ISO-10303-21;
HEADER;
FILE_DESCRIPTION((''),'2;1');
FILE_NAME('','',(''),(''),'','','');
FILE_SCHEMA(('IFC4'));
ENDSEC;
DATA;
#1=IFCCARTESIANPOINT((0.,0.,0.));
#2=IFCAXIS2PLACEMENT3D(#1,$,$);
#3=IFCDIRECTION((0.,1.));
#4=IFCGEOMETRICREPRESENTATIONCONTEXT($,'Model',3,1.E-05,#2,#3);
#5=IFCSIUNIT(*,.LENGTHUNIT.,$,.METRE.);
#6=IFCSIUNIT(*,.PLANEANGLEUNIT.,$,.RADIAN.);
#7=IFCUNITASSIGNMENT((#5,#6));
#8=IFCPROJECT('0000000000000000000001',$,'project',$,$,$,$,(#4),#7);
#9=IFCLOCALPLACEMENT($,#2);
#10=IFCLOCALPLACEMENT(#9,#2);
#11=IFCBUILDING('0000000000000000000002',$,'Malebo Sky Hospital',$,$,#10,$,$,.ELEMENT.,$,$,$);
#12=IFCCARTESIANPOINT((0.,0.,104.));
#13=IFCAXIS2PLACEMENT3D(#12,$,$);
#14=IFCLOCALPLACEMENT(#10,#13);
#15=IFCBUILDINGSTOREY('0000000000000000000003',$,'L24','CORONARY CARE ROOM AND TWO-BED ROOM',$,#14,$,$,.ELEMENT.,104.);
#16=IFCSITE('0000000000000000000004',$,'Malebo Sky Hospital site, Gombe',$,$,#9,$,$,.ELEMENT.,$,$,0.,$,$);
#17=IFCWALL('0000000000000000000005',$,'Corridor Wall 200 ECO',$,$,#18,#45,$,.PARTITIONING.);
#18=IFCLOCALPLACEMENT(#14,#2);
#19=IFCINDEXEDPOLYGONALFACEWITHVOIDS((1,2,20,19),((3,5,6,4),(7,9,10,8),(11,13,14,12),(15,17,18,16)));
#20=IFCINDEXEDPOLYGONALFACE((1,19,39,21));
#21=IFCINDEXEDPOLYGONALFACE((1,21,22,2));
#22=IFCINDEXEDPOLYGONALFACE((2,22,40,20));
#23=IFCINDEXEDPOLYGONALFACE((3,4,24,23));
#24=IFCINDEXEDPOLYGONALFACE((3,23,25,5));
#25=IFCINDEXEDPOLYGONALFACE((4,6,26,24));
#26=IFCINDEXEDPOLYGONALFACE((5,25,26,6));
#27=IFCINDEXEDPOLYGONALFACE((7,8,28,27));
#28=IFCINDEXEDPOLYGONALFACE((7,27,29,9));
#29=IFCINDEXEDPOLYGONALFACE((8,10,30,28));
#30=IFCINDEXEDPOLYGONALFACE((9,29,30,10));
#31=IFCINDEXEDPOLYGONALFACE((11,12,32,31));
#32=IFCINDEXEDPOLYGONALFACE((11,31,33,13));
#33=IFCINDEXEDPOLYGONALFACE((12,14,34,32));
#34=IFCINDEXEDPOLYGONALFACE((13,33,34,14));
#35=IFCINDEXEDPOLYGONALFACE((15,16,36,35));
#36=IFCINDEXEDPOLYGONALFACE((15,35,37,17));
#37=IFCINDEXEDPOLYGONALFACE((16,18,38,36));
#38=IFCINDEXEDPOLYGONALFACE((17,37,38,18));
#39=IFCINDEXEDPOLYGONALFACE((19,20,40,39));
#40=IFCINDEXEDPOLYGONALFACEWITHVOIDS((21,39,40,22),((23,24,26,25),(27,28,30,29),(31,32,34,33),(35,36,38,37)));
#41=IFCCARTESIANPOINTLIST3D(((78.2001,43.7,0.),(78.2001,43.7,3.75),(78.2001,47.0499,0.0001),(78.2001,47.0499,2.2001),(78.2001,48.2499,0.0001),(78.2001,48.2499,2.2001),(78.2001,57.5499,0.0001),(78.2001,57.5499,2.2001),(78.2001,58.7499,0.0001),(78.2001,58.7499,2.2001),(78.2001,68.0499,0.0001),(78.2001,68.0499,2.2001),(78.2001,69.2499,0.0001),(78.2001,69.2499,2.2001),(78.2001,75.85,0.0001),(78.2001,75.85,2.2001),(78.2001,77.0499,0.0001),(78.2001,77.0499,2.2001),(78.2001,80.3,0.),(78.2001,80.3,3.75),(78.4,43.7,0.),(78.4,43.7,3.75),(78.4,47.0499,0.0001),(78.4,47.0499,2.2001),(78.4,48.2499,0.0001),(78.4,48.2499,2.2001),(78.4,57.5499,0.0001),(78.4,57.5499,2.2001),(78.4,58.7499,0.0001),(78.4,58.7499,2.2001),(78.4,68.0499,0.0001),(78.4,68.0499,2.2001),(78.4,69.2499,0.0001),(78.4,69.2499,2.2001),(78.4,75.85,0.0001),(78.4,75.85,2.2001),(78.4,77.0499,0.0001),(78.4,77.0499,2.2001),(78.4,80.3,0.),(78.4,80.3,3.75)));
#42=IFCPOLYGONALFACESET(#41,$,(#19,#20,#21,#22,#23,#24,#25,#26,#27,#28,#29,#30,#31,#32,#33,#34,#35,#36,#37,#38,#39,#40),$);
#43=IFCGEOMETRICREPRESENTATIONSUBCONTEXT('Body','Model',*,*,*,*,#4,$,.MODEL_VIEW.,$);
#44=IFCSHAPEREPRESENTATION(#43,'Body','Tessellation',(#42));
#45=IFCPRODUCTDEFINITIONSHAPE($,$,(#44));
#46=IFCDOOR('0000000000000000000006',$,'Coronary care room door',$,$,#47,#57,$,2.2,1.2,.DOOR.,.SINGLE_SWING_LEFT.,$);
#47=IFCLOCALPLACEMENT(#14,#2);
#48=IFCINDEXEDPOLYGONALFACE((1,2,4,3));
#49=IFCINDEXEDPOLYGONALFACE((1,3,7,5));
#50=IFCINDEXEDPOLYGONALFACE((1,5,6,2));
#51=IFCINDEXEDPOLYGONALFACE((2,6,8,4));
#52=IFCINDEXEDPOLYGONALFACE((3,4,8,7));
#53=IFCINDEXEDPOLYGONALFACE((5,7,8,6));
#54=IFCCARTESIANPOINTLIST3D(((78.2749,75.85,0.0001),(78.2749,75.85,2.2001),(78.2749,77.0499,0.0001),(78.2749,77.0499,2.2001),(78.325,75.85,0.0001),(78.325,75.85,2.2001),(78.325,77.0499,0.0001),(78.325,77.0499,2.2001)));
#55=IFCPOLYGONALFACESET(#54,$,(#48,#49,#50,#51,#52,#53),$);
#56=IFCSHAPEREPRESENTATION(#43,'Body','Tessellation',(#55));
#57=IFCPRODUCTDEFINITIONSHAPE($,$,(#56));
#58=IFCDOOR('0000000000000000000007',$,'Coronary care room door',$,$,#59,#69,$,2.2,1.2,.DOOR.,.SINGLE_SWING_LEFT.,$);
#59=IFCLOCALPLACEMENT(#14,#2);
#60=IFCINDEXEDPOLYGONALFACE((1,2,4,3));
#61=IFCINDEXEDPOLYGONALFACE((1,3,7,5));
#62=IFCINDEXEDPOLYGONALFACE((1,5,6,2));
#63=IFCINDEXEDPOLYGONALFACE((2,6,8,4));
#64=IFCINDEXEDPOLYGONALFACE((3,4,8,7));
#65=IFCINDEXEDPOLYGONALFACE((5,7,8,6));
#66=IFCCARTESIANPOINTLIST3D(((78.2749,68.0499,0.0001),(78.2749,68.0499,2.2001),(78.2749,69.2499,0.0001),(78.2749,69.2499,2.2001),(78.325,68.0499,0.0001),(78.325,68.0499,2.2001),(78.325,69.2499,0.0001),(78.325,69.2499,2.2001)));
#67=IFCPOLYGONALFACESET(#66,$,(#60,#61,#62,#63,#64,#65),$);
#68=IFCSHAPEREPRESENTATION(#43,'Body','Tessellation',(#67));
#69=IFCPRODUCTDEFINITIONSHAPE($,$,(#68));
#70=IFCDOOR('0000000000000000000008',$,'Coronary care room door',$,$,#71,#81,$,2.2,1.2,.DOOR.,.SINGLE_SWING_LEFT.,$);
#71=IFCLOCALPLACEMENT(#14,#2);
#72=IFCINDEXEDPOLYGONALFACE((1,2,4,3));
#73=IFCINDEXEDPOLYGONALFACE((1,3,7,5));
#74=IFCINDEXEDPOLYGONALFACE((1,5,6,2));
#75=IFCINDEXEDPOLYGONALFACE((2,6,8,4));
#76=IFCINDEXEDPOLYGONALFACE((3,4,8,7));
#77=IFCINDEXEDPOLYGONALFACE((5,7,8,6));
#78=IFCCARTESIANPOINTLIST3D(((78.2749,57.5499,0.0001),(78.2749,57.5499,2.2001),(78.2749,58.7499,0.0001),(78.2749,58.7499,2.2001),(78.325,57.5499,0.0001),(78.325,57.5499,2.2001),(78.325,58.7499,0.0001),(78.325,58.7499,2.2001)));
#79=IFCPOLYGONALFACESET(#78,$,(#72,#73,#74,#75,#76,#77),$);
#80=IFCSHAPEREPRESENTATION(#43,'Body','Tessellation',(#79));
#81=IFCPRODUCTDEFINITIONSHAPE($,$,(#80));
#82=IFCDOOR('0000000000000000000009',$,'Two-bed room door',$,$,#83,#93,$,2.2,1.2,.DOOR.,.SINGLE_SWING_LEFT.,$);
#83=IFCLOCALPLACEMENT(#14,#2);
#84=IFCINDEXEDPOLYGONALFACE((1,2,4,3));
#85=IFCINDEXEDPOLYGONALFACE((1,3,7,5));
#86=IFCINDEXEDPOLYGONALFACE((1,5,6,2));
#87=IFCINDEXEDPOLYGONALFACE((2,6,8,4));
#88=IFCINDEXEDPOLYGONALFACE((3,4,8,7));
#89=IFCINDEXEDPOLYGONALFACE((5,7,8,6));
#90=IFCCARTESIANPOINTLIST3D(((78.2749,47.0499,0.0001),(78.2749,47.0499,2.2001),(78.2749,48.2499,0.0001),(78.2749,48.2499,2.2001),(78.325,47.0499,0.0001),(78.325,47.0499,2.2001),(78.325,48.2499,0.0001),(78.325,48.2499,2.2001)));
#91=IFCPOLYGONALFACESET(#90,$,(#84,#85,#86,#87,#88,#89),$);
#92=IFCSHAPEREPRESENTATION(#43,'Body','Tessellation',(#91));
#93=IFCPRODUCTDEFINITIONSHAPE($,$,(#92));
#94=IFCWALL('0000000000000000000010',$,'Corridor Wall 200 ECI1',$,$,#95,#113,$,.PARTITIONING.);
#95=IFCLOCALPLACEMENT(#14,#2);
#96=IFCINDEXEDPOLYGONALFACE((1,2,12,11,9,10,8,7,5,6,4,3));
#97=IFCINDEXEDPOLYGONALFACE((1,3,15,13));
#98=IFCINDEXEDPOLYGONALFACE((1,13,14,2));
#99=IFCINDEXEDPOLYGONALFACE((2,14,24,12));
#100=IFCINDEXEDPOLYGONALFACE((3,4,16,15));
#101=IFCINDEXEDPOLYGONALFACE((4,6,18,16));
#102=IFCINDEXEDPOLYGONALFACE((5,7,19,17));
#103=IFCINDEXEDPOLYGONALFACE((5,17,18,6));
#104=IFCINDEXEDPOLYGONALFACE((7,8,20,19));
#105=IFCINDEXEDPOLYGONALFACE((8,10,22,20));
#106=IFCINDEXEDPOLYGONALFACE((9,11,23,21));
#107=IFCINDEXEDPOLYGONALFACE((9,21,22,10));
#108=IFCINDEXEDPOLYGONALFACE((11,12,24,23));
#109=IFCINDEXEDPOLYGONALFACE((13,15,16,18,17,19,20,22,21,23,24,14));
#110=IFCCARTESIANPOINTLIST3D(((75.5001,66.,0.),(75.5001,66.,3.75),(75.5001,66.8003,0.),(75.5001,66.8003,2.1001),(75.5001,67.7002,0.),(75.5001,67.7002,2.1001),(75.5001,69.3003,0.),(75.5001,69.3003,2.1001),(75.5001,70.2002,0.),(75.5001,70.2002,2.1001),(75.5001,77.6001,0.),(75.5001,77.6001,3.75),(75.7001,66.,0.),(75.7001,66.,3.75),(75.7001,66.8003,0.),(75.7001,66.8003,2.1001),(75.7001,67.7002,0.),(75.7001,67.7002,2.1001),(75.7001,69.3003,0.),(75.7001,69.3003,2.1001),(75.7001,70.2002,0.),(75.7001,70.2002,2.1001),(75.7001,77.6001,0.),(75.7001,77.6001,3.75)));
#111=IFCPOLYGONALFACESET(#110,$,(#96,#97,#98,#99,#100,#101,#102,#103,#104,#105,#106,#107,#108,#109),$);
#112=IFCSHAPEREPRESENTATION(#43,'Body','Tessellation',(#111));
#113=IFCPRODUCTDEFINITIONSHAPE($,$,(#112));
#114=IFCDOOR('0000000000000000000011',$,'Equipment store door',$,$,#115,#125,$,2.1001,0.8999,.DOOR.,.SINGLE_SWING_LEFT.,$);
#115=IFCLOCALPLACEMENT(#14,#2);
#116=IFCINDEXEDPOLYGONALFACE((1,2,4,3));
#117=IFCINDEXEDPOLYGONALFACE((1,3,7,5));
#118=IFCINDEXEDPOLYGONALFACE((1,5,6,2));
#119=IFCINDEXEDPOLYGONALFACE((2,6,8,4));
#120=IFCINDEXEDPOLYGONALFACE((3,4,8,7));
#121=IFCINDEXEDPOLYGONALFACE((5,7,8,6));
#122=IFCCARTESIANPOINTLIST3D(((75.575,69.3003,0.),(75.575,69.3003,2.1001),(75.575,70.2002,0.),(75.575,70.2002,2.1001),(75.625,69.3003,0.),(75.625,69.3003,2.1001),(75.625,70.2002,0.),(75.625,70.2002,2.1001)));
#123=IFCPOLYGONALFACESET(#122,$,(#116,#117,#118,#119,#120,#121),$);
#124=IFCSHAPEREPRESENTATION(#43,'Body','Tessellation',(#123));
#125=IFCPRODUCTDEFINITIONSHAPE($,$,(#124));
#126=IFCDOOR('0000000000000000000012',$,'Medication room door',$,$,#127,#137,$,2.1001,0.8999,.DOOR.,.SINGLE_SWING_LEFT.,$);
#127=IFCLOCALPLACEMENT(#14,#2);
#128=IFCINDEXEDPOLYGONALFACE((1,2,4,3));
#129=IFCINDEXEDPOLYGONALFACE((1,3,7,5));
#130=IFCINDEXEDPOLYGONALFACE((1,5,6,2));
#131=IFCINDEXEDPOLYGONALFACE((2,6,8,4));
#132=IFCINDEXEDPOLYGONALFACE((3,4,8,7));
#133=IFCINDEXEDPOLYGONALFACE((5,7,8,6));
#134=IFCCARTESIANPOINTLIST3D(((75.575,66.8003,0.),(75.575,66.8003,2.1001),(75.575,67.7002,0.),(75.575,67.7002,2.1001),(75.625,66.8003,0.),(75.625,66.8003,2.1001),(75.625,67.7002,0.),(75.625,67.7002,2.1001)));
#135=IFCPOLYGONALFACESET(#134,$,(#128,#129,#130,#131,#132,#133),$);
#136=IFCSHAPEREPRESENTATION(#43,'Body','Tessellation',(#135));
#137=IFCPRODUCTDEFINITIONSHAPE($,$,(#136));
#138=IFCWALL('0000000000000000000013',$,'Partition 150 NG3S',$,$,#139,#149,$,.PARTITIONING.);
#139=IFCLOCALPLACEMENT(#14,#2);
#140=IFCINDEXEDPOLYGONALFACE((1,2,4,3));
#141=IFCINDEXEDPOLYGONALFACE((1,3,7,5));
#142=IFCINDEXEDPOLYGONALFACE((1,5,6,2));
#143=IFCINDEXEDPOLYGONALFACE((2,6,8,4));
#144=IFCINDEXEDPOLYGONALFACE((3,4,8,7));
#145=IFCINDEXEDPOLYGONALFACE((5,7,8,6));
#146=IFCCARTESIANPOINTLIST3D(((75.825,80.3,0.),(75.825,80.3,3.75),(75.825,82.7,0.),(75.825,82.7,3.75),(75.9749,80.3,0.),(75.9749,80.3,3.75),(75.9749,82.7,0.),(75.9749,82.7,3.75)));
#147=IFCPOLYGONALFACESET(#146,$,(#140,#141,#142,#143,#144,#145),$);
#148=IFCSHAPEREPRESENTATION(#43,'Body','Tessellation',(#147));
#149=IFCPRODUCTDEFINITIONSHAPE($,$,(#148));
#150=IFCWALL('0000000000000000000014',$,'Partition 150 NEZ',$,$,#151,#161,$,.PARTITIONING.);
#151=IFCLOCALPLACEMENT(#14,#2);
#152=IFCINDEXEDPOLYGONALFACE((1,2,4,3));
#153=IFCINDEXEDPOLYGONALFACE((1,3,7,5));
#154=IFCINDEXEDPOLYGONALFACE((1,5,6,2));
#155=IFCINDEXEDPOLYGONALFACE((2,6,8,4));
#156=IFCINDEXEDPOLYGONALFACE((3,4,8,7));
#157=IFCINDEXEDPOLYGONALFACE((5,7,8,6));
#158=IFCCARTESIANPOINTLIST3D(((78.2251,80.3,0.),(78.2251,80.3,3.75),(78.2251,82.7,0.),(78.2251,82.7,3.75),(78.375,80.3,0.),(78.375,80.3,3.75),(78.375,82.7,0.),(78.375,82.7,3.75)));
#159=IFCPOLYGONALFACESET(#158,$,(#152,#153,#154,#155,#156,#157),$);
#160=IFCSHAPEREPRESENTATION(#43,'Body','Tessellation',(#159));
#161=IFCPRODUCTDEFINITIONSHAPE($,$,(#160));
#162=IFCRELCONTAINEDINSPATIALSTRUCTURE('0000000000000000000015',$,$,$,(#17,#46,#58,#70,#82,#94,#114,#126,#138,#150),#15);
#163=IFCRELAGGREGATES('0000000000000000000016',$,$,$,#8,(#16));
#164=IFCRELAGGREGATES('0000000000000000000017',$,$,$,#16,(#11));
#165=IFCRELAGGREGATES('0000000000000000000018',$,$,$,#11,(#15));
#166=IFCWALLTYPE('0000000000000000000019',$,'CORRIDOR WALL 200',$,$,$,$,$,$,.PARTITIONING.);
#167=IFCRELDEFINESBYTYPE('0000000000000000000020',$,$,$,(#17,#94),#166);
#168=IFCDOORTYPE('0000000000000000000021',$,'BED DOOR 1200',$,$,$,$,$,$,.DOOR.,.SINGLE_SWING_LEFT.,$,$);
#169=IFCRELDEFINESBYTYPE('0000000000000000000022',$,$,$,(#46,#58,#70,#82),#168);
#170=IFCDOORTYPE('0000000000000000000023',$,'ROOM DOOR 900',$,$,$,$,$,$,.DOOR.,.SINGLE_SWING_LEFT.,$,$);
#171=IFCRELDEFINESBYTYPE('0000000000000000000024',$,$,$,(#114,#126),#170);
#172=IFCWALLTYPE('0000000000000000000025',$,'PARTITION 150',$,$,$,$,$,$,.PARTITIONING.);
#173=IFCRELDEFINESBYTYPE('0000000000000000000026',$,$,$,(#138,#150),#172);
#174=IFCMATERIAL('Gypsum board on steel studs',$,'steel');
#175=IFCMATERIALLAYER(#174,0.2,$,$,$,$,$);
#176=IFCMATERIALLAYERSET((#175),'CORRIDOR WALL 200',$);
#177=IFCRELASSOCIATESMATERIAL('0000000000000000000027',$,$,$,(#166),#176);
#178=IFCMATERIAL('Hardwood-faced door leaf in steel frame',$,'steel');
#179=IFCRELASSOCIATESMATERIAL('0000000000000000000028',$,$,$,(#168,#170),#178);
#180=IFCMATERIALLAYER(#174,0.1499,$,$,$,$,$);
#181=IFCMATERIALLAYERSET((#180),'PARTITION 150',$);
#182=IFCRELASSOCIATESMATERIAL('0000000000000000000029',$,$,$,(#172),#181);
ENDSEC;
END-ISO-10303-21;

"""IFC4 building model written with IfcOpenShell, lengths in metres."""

from ifc_helpers import new_model, si_unit, direction, frame, frame_2d, origin, place, context, subcontext, project, spatial, rectangle, extrude, material, layer, layer_set, type_object, element, fill, save


model = new_model("IFC4")

# Units and contexts
model_context = context("Model", 3, precision=1e-05, world=origin(), true_north=direction((0.0, 1.0)))
body_context = subcontext(model_context, "Body", "Model", "MODEL_VIEW")
ifc_project = project(units=[si_unit("LENGTHUNIT", "METRE"), si_unit("PLANEANGLEUNIT", "RADIAN")], contexts=[model_context])

# Site, building, storey
site_placement = place(None, origin())
site = spatial("IfcSite", under=ifc_project, at=site_placement, Name="Malebo Sky Hospital site, Gombe", CompositionType="ELEMENT", RefElevation=0.0)
building_placement = place(site_placement, origin())
building = spatial("IfcBuilding", under=site, at=building_placement, Name="Malebo Sky Hospital", CompositionType="ELEMENT")
storey_placement = place(building_placement, frame((0.0, 0.0, 104.0)))
storey = spatial("IfcBuildingStorey", under=building, at=storey_placement, Name="L24", Description="CORONARY CARE ROOM AND TWO-BED ROOM", CompositionType="ELEMENT", Elevation=104.0)

# Walls, openings, doors
ifc_material_1 = material(Name="Gypsum board on steel studs", Category="steel")
ifc_layer_1 = layer(ifc_material_1, 0.2)
ifc_layer_set_1 = layer_set([ifc_layer_1], Name="CORRIDOR WALL 200")
wall_type_1 = type_object("IfcWallType", Name="CORRIDOR WALL 200", PredefinedType="PARTITIONING", material=ifc_layer_set_1)
wall_1_placement = place(storey_placement, frame((78.3, 80.3, 0.0), z_axis=(0.0, 0.0, 1.0), x_axis=(0.0, -1.0, 0.0)))
wall_1 = element("IfcWall", 1, at=wall_1_placement, inside=storey, type_object=wall_type_1, Name="Corridor Wall 200 ECO", PredefinedType="PARTITIONING", context=body_context, shape_type="SweptSolid", body=[
    extrude(rectangle(XDim=36.6001, YDim=0.2, at=frame_2d((18.3, 0.0))), origin(), (0.0, 0.0, 1.0), 3.75),
])
opening_1_placement = place(wall_1_placement, frame((3.25, 0.0, 0.0)))
opening_1 = element("IfcOpeningElement", 2, at=opening_1_placement, cuts=wall_1, PredefinedType="OPENING", context=body_context, shape_type="SweptSolid", body=[
    extrude(rectangle(XDim=1.2, YDim=2.2, at=frame_2d((0.6001, 1.1001))), frame((0.0, 0.1099, 0.0), z_axis=(0.0, -1.0, 0.0), x_axis=(1.0, 0.0, 0.0)), (0.0, 0.0, 1.0), 0.22),
])
opening_2_placement = place(wall_1_placement, frame((11.05, 0.0, 0.0)))
opening_2 = element("IfcOpeningElement", 3, at=opening_2_placement, cuts=wall_1, PredefinedType="OPENING", context=body_context, shape_type="SweptSolid", body=[
    extrude(rectangle(XDim=1.2, YDim=2.2, at=frame_2d((0.6001, 1.1001))), frame((0.0, 0.1099, 0.0), z_axis=(0.0, -1.0, 0.0), x_axis=(1.0, 0.0, 0.0)), (0.0, 0.0, 1.0), 0.22),
])
opening_3_placement = place(wall_1_placement, frame((21.55, 0.0, 0.0)))
opening_3 = element("IfcOpeningElement", 4, at=opening_3_placement, cuts=wall_1, PredefinedType="OPENING", context=body_context, shape_type="SweptSolid", body=[
    extrude(rectangle(XDim=1.2, YDim=2.2, at=frame_2d((0.6001, 1.1001))), frame((0.0, 0.1099, 0.0), z_axis=(0.0, -1.0, 0.0), x_axis=(1.0, 0.0, 0.0)), (0.0, 0.0, 1.0), 0.22),
])
opening_4_placement = place(wall_1_placement, frame((32.05, 0.0, 0.0)))
opening_4 = element("IfcOpeningElement", 5, at=opening_4_placement, cuts=wall_1, PredefinedType="OPENING", context=body_context, shape_type="SweptSolid", body=[
    extrude(rectangle(XDim=1.2, YDim=2.2, at=frame_2d((0.6001, 1.1001))), frame((0.0, 0.1099, 0.0), z_axis=(0.0, -1.0, 0.0), x_axis=(1.0, 0.0, 0.0)), (0.0, 0.0, 1.0), 0.22),
])
ifc_material_2 = material(Name="Hardwood-faced door leaf in steel frame", Category="steel")
door_type_1 = type_object("IfcDoorType", Name="BED DOOR 1200", OperationType="SINGLE_SWING_LEFT", PredefinedType="DOOR", material=ifc_material_2)
door_1_placement = place(opening_1_placement, origin())
door_1 = element("IfcDoor", 6, at=door_1_placement, inside=storey, type_object=door_type_1, Name="Coronary care room door", OperationType="SINGLE_SWING_LEFT", OverallHeight=2.2, OverallWidth=1.2, PredefinedType="DOOR", context=body_context, shape_type="SweptSolid", body=[
    extrude(rectangle(XDim=1.2, YDim=2.2, at=frame_2d((0.6001, 1.1001))), frame((0.0, 0.0249, 0.0), z_axis=(0.0, -1.0, 0.0), x_axis=(1.0, 0.0, 0.0)), (0.0, 0.0, 1.0), 0.05),
])
fill(opening_1, door_1)
door_2_placement = place(opening_2_placement, origin())
door_2 = element("IfcDoor", 7, at=door_2_placement, inside=storey, type_object=door_type_1, Name="Coronary care room door", OperationType="SINGLE_SWING_LEFT", OverallHeight=2.2, OverallWidth=1.2, PredefinedType="DOOR", context=body_context, shape_type="SweptSolid", body=[
    extrude(rectangle(XDim=1.2, YDim=2.2, at=frame_2d((0.6001, 1.1001))), frame((0.0, 0.0249, 0.0), z_axis=(0.0, -1.0, 0.0), x_axis=(1.0, 0.0, 0.0)), (0.0, 0.0, 1.0), 0.05),
])
fill(opening_2, door_2)
door_3_placement = place(opening_3_placement, origin())
door_3 = element("IfcDoor", 8, at=door_3_placement, inside=storey, type_object=door_type_1, Name="Coronary care room door", OperationType="SINGLE_SWING_LEFT", OverallHeight=2.2, OverallWidth=1.2, PredefinedType="DOOR", context=body_context, shape_type="SweptSolid", body=[
    extrude(rectangle(XDim=1.2, YDim=2.2, at=frame_2d((0.6001, 1.1001))), frame((0.0, 0.0249, 0.0), z_axis=(0.0, -1.0, 0.0), x_axis=(1.0, 0.0, 0.0)), (0.0, 0.0, 1.0), 0.05),
])
fill(opening_3, door_3)
door_4_placement = place(opening_4_placement, origin())
door_4 = element("IfcDoor", 9, at=door_4_placement, inside=storey, type_object=door_type_1, Name="Two-bed room door", OperationType="SINGLE_SWING_LEFT", OverallHeight=2.2, OverallWidth=1.2, PredefinedType="DOOR", context=body_context, shape_type="SweptSolid", body=[
    extrude(rectangle(XDim=1.2, YDim=2.2, at=frame_2d((0.6001, 1.1001))), frame((0.0, 0.0249, 0.0), z_axis=(0.0, -1.0, 0.0), x_axis=(1.0, 0.0, 0.0)), (0.0, 0.0, 1.0), 0.05),
])
fill(opening_4, door_4)
wall_2_placement = place(storey_placement, frame((75.6001, 77.6001, 0.0), z_axis=(0.0, 0.0, 1.0), x_axis=(0.0, -1.0, 0.0)))
wall_2 = element("IfcWall", 10, at=wall_2_placement, inside=storey, type_object=wall_type_1, Name="Corridor Wall 200 ECI1", PredefinedType="PARTITIONING", context=body_context, shape_type="SweptSolid", body=[
    extrude(rectangle(XDim=11.6001, YDim=0.2, at=frame_2d((5.8, 0.0))), origin(), (0.0, 0.0, 1.0), 3.75),
])
opening_5_placement = place(wall_2_placement, frame((7.3999, 0.0, 0.0)))
opening_5 = element("IfcOpeningElement", 11, at=opening_5_placement, cuts=wall_2, PredefinedType="OPENING", context=body_context, shape_type="SweptSolid", body=[
    extrude(rectangle(XDim=0.8999, YDim=2.1001, at=frame_2d((0.45, 1.05))), frame((0.0, 0.1099, 0.0), z_axis=(0.0, -1.0, 0.0), x_axis=(1.0, 0.0, 0.0)), (0.0, 0.0, 1.0), 0.22),
])
opening_6_placement = place(wall_2_placement, frame((9.8999, 0.0, 0.0)))
opening_6 = element("IfcOpeningElement", 12, at=opening_6_placement, cuts=wall_2, PredefinedType="OPENING", context=body_context, shape_type="SweptSolid", body=[
    extrude(rectangle(XDim=0.8999, YDim=2.1001, at=frame_2d((0.45, 1.05))), frame((0.0, 0.1099, 0.0), z_axis=(0.0, -1.0, 0.0), x_axis=(1.0, 0.0, 0.0)), (0.0, 0.0, 1.0), 0.22),
])
door_type_2 = type_object("IfcDoorType", Name="ROOM DOOR 900", OperationType="SINGLE_SWING_LEFT", PredefinedType="DOOR", material=ifc_material_2)
door_5_placement = place(opening_5_placement, origin())
door_5 = element("IfcDoor", 13, at=door_5_placement, inside=storey, type_object=door_type_2, Name="Equipment store door", OperationType="SINGLE_SWING_LEFT", OverallHeight=2.1001, OverallWidth=0.8999, PredefinedType="DOOR", context=body_context, shape_type="SweptSolid", body=[
    extrude(rectangle(XDim=0.8999, YDim=2.1001, at=frame_2d((0.45, 1.05))), frame((0.0, 0.0249, 0.0), z_axis=(0.0, -1.0, 0.0), x_axis=(1.0, 0.0, 0.0)), (0.0, 0.0, 1.0), 0.05),
])
fill(opening_5, door_5)
door_6_placement = place(opening_6_placement, origin())
door_6 = element("IfcDoor", 14, at=door_6_placement, inside=storey, type_object=door_type_2, Name="Medication room door", OperationType="SINGLE_SWING_LEFT", OverallHeight=2.1001, OverallWidth=0.8999, PredefinedType="DOOR", context=body_context, shape_type="SweptSolid", body=[
    extrude(rectangle(XDim=0.8999, YDim=2.1001, at=frame_2d((0.45, 1.05))), frame((0.0, 0.0249, 0.0), z_axis=(0.0, -1.0, 0.0), x_axis=(1.0, 0.0, 0.0)), (0.0, 0.0, 1.0), 0.05),
])
fill(opening_6, door_6)

# Walls
ifc_layer_2 = layer(ifc_material_1, 0.1499)
ifc_layer_set_2 = layer_set([ifc_layer_2], Name="PARTITION 150")
wall_type_2 = type_object("IfcWallType", Name="PARTITION 150", PredefinedType="PARTITIONING", material=ifc_layer_set_2)
for number, where, z_axis, x_axis, name in (
    (15, (75.8999, 80.3, 0.0), (0.0, 0.0, 1.0), (0.0, 1.0, 0.0), "Partition 150 NG3S"),
    (16, (78.3, 80.3, 0.0), (0.0, 0.0, 1.0), (0.0, 1.0, 0.0), "Partition 150 NEZ"),
):
    element("IfcWall", number, at=place(storey_placement, frame(where, z_axis=z_axis, x_axis=x_axis)), inside=storey, type_object=wall_type_2, Name=name, PredefinedType="PARTITIONING", context=body_context, shape_type="SweptSolid", body=[
        extrude(rectangle(XDim=2.3999, YDim=0.1499, at=frame_2d((1.2, 0.0))), origin(), (0.0, 0.0, 1.0), 3.75),
    ])

save(model, "model.ifc")
